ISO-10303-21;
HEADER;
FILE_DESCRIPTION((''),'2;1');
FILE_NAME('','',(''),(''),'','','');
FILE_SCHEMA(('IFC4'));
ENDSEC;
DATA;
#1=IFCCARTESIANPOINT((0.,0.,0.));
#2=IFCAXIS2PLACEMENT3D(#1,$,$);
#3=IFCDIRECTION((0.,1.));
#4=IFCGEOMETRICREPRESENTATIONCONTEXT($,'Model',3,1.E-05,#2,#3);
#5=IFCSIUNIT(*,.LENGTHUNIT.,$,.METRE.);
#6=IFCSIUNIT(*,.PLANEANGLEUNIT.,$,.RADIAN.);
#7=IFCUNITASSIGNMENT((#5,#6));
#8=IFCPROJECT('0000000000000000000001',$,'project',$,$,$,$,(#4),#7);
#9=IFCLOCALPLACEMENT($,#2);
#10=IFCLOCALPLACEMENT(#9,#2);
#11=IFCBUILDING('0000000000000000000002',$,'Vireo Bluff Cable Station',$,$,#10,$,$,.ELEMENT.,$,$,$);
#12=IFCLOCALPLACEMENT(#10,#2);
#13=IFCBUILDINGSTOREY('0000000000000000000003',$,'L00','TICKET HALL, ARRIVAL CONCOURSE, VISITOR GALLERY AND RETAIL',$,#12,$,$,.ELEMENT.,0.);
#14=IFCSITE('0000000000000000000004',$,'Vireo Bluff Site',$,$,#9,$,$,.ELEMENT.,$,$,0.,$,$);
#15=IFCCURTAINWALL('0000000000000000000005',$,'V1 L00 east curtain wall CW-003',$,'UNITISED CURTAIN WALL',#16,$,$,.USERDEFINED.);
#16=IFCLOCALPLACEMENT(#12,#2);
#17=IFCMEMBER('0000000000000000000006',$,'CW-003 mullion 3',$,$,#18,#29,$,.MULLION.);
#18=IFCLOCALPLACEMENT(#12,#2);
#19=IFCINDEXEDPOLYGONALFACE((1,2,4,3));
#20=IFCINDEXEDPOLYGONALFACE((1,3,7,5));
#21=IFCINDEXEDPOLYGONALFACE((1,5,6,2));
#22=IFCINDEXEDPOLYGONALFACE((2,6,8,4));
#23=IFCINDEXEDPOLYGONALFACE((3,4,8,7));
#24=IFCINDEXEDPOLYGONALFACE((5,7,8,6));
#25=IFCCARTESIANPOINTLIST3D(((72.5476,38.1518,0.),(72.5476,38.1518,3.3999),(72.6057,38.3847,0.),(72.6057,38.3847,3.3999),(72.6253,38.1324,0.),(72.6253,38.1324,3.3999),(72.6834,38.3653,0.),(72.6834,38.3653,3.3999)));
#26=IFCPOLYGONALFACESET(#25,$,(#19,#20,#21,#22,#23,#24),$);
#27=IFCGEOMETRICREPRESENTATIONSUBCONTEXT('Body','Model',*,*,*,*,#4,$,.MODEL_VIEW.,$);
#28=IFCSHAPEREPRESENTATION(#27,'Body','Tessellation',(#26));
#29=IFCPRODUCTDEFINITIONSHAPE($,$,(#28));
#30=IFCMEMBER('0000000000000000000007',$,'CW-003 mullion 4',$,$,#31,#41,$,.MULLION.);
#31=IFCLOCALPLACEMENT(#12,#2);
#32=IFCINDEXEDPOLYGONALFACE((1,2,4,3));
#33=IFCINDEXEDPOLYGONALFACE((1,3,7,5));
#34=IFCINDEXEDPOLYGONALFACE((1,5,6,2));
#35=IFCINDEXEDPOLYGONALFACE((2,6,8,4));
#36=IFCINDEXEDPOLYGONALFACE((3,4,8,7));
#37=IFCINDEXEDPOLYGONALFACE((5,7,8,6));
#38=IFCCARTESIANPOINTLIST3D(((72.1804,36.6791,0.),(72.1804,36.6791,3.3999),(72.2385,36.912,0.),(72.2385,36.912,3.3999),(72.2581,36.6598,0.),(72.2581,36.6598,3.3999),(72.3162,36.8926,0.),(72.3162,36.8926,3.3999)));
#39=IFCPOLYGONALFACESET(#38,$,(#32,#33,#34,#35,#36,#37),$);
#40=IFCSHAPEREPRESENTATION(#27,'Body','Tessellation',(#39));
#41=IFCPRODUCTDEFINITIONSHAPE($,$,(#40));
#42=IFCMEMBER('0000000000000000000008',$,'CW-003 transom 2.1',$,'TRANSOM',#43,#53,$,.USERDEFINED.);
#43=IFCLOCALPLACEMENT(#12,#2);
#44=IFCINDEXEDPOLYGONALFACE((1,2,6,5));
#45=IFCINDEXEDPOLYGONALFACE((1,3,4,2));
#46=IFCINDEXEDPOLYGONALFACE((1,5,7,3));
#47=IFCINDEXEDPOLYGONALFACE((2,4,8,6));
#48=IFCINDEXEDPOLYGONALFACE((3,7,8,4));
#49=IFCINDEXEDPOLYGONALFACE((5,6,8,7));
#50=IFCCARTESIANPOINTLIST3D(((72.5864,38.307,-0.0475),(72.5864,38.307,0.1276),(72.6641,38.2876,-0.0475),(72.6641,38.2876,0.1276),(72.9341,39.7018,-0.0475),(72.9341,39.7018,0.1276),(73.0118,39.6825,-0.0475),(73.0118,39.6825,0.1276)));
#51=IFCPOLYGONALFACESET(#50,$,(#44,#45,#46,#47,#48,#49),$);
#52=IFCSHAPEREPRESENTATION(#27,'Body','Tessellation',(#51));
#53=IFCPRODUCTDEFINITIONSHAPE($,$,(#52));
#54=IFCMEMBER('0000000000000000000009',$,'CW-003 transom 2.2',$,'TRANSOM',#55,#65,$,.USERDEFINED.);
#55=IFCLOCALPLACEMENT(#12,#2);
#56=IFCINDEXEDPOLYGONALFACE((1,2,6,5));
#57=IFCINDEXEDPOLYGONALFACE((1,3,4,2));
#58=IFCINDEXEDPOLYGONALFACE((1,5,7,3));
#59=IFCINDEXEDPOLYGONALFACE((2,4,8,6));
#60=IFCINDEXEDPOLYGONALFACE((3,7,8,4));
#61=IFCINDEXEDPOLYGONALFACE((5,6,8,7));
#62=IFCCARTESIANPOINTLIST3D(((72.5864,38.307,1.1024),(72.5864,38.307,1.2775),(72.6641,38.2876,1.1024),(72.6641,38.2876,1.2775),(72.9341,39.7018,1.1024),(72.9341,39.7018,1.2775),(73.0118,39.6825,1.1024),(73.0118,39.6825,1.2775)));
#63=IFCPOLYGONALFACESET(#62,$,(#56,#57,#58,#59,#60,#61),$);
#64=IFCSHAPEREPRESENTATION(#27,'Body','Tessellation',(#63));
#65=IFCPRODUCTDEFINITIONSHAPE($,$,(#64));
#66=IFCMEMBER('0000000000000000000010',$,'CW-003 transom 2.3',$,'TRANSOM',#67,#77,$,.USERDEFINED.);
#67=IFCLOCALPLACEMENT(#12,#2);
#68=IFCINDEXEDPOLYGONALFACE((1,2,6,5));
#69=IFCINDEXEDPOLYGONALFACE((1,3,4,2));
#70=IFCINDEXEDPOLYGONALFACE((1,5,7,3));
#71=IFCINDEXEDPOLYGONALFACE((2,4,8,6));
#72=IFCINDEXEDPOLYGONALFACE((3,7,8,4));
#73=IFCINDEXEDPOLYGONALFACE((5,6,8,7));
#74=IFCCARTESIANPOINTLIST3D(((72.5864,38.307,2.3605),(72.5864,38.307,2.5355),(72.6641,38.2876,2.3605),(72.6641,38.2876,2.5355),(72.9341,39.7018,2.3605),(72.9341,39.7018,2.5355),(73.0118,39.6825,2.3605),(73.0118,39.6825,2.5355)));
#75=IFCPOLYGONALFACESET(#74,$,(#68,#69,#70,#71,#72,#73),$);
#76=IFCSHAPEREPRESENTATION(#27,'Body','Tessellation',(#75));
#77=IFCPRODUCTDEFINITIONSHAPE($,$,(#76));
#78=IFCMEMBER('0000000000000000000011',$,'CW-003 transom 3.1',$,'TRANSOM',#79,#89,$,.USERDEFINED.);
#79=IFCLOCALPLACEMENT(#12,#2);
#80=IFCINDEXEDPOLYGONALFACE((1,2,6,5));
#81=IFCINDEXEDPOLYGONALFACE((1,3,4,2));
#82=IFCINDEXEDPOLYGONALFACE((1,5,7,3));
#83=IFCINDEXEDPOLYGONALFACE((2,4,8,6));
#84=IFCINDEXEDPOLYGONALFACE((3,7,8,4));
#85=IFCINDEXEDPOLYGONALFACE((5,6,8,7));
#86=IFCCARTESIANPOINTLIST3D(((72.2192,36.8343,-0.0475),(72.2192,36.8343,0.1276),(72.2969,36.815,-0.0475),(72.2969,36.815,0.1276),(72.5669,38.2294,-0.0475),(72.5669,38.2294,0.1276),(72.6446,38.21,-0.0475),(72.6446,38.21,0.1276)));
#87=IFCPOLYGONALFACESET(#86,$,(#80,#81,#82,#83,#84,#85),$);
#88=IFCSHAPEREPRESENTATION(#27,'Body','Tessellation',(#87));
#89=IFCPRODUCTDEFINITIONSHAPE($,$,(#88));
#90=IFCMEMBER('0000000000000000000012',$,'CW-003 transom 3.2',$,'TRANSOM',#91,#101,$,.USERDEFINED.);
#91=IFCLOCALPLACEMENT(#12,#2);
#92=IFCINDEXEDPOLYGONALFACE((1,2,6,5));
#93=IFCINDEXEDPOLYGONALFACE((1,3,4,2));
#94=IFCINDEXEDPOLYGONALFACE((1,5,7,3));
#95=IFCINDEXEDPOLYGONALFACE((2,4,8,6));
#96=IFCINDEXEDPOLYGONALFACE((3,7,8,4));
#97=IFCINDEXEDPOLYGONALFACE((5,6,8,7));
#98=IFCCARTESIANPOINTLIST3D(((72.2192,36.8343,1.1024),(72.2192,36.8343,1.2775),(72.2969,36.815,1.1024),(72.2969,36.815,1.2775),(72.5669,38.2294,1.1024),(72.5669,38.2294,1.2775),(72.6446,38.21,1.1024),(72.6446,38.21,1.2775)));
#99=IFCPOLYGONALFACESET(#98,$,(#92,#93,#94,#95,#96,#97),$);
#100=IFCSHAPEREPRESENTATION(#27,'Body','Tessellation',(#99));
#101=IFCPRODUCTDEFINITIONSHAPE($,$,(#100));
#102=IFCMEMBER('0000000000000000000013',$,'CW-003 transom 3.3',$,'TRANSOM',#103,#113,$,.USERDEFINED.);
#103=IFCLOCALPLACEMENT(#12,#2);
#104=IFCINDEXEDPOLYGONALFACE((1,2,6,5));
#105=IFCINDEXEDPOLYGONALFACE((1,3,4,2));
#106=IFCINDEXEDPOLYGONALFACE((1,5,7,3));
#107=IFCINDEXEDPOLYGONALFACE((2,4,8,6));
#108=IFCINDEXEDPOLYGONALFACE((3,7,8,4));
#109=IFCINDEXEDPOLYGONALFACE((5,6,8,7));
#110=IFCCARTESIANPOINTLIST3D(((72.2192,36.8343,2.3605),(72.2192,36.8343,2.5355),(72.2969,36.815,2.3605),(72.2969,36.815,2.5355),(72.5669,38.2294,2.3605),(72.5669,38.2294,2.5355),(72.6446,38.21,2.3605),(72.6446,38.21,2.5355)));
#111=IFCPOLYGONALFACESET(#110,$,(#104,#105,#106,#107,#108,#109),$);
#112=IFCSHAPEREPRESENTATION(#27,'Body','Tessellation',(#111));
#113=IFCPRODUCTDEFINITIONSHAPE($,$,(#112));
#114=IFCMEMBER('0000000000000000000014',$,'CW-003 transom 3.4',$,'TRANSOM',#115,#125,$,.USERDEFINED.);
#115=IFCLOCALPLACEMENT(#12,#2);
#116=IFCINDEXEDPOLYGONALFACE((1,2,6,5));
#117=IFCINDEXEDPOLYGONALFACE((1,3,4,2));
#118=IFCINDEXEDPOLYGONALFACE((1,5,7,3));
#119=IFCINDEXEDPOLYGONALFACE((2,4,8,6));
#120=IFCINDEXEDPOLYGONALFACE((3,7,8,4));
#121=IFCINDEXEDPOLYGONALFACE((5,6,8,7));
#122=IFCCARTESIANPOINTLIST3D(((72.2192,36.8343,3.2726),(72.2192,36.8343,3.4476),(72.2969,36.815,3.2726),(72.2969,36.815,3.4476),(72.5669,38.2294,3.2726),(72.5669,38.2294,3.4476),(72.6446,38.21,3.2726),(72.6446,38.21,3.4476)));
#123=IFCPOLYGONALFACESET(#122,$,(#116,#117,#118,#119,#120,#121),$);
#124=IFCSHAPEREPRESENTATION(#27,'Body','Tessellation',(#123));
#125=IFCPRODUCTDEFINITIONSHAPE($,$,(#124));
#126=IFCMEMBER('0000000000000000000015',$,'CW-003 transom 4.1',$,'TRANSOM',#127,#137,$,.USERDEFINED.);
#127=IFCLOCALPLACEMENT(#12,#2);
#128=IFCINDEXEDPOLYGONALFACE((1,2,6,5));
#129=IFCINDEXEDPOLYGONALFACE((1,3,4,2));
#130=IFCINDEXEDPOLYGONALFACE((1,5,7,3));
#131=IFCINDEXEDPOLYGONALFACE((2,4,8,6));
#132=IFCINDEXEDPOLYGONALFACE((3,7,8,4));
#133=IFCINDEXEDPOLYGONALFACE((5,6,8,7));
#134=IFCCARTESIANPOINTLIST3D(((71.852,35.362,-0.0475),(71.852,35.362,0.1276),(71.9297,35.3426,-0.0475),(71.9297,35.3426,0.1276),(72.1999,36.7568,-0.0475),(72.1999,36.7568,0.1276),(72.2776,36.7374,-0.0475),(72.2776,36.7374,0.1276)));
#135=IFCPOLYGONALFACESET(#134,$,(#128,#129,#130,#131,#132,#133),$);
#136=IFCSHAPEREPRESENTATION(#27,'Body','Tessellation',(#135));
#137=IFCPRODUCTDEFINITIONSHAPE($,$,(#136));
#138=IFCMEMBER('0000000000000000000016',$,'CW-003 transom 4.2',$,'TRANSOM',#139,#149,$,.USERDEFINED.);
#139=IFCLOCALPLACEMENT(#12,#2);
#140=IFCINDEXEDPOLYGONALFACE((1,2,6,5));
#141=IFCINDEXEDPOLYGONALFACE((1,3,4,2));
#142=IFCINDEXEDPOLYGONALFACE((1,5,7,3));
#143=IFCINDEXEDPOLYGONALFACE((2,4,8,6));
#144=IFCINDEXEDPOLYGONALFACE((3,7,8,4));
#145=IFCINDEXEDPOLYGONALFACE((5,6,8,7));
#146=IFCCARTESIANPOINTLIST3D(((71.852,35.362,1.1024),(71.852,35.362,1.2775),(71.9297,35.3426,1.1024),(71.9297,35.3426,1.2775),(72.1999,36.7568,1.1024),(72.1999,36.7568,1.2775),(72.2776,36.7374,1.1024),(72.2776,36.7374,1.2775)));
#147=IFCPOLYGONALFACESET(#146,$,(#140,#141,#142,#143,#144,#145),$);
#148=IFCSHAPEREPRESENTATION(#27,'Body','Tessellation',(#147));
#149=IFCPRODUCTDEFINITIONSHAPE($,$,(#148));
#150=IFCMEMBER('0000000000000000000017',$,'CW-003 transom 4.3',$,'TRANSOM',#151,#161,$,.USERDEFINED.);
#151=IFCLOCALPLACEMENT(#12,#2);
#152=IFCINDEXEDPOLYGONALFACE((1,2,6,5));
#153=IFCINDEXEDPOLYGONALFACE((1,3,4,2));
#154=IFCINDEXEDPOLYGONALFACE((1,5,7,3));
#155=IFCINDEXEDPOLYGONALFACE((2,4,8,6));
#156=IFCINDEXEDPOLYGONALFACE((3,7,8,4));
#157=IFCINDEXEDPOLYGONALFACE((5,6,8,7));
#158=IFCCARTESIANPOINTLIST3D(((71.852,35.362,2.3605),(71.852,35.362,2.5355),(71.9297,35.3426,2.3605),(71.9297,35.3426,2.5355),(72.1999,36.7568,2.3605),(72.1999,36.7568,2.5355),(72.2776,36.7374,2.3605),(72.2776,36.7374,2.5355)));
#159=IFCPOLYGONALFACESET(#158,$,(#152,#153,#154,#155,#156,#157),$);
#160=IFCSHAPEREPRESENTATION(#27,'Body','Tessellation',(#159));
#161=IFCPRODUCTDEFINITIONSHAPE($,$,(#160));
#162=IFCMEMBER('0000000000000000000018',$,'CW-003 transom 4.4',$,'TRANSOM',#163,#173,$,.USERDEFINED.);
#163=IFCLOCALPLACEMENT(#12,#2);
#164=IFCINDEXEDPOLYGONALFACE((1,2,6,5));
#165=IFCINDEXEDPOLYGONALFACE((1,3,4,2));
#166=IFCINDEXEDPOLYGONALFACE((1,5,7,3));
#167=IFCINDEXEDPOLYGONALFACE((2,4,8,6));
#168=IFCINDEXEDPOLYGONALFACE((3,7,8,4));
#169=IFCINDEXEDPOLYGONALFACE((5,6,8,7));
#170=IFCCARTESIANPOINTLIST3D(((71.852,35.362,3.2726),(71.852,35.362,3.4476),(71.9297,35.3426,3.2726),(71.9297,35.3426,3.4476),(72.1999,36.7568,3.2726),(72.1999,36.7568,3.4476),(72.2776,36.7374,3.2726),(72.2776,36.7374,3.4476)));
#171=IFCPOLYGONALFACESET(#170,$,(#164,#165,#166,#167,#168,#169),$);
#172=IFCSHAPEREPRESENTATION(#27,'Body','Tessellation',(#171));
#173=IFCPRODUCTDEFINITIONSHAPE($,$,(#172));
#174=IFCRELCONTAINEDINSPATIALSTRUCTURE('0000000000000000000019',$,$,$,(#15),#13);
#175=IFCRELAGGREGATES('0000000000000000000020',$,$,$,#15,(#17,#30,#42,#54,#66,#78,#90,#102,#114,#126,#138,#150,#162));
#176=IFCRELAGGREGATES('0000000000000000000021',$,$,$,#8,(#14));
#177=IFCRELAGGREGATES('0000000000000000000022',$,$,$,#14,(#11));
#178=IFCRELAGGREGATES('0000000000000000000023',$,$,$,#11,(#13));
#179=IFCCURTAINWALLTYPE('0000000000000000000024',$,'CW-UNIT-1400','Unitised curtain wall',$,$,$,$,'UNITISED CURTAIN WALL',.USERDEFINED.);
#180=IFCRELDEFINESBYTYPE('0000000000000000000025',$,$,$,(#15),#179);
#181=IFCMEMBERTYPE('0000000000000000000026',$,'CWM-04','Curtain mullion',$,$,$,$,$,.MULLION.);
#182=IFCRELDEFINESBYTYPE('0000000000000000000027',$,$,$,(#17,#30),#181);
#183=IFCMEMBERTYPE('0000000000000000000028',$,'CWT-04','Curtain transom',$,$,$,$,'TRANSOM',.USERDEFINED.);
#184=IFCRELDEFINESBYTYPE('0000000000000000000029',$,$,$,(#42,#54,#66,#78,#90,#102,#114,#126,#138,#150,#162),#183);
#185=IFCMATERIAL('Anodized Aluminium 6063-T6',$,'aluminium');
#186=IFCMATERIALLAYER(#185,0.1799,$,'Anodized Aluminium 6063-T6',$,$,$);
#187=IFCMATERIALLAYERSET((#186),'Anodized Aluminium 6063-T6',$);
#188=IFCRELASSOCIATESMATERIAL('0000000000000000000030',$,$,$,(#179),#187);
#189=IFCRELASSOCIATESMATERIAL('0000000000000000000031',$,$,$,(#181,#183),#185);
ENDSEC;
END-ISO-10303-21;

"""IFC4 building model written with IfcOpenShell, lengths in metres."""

from ifc_helpers import new_model, si_unit, direction, frame, origin, origin_2d, place, context, subcontext, project, spatial, rectangle, extrude, material, layer, layer_set, material_profile, profile_set, type_object, element, aggregate, save


model = new_model("IFC4")

# Units and contexts
model_context = context("Model", 3, precision=1e-05, world=origin(), true_north=direction((0.0, 1.0)))
body_context = subcontext(model_context, "Body", "Model", "MODEL_VIEW")
ifc_project = project(units=[si_unit("LENGTHUNIT", "METRE"), si_unit("PLANEANGLEUNIT", "RADIAN")], contexts=[model_context])

# Site, building, storey
site_placement = place(None, origin())
site = spatial("IfcSite", under=ifc_project, at=site_placement, Name="Vireo Bluff Site", CompositionType="ELEMENT", RefElevation=0.0)
building_placement = place(site_placement, origin())
building = spatial("IfcBuilding", under=site, at=building_placement, Name="Vireo Bluff Cable Station", CompositionType="ELEMENT")
storey_placement = place(building_placement, origin())
storey = spatial("IfcBuildingStorey", under=building, at=storey_placement, Name="L00", Description="TICKET HALL, ARRIVAL CONCOURSE, VISITOR GALLERY AND RETAIL", CompositionType="ELEMENT", Elevation=0.0)

# Curtain wall, members
ifc_material_1 = material(Name="Anodized Aluminium 6063-T6", Category="aluminium")
ifc_layer_1 = layer(ifc_material_1, 0.1799, Name="Anodized Aluminium 6063-T6")
ifc_layer_set_1 = layer_set([ifc_layer_1], Name="Anodized Aluminium 6063-T6")
curtain_wall_type = type_object("IfcCurtainWallType", Name="CW-UNIT-1400", Description="Unitised curtain wall", ElementType="UNITISED CURTAIN WALL", PredefinedType="USERDEFINED", material=ifc_layer_set_1)
curtain_wall_placement = place(storey_placement, origin())
curtain_wall = element("IfcCurtainWall", 1, at=curtain_wall_placement, inside=storey, type_object=curtain_wall_type, Name="V1 L00 east curtain wall CW-003", ObjectType="UNITISED CURTAIN WALL", PredefinedType="USERDEFINED")
ifc_material_profile_1 = material_profile(ifc_material_1, rectangle(XDim=0.0801, YDim=0.24, at=origin_2d()), Name="ALU-M-80X240")
ifc_profile_set_1 = profile_set([ifc_material_profile_1], Name="Anodized Aluminium 6063-T6")
member_type_1 = type_object("IfcMemberType", Name="CWM-04", Description="Curtain mullion", PredefinedType="MULLION", material=ifc_profile_set_1)
member_1_placement = place(storey_placement, frame((72.6155, 38.2585, 0.0), z_axis=(0.0, 0.0, 1.0), x_axis=(0.970296, -0.241922, 0.0)))
member_1 = element("IfcMember", 2, at=member_1_placement, type_object=member_type_1, Name="CW-003 mullion 3", PredefinedType="MULLION", context=body_context, shape_type="SweptSolid", body=[
    extrude(rectangle(XDim=0.0801, YDim=0.24, at=origin_2d()), origin(), (0.0, 0.0, 1.0), 3.3999),
])
member_2_placement = place(storey_placement, frame((72.2483, 36.7859, 0.0), z_axis=(0.0, 0.0, 1.0), x_axis=(0.970296, -0.241922, 0.0)))
member_2 = element("IfcMember", 3, at=member_2_placement, type_object=member_type_1, Name="CW-003 mullion 4", PredefinedType="MULLION", context=body_context, shape_type="SweptSolid", body=[
    extrude(rectangle(XDim=0.0801, YDim=0.24, at=origin_2d()), origin(), (0.0, 0.0, 1.0), 3.3999),
])
ifc_material_profile_2 = material_profile(ifc_material_1, rectangle(XDim=0.0801, YDim=0.175, at=origin_2d()), Name="ALU-T-80X175")
ifc_profile_set_2 = profile_set([ifc_material_profile_2], Name="Anodized Aluminium 6063-T6")
member_type_2 = type_object("IfcMemberType", Name="CWT-04", Description="Curtain transom", ElementType="TRANSOM", PredefinedType="USERDEFINED", material=ifc_profile_set_2)
member_3_placement = place(storey_placement, frame((72.9729, 39.6921, 0.04), z_axis=(-0.241856, -0.970312, 0.0), x_axis=(0.970312, -0.241856, 0.0)))
member_3 = element("IfcMember", 4, at=member_3_placement, type_object=member_type_2, Name="CW-003 transom 2.1", ObjectType="TRANSOM", PredefinedType="USERDEFINED", context=body_context, shape_type="SweptSolid", body=[
    extrude(rectangle(XDim=0.0801, YDim=0.175, at=origin_2d()), origin(), (0.0, 0.0, 1.0), 1.4375),
])
member_4_placement = place(storey_placement, frame((72.9729, 39.6921, 1.1899), z_axis=(-0.241856, -0.970312, 0.0), x_axis=(0.970312, -0.241856, 0.0)))
member_4 = element("IfcMember", 5, at=member_4_placement, type_object=member_type_2, Name="CW-003 transom 2.2", ObjectType="TRANSOM", PredefinedType="USERDEFINED", context=body_context, shape_type="SweptSolid", body=[
    extrude(rectangle(XDim=0.0801, YDim=0.175, at=origin_2d()), origin(), (0.0, 0.0, 1.0), 1.4375),
])
member_5_placement = place(storey_placement, frame((72.9729, 39.6921, 2.448), z_axis=(-0.241856, -0.970312, 0.0), x_axis=(0.970312, -0.241856, 0.0)))
member_5 = element("IfcMember", 6, at=member_5_placement, type_object=member_type_2, Name="CW-003 transom 2.3", ObjectType="TRANSOM", PredefinedType="USERDEFINED", context=body_context, shape_type="SweptSolid", body=[
    extrude(rectangle(XDim=0.0801, YDim=0.175, at=origin_2d()), origin(), (0.0, 0.0, 1.0), 1.4375),
])
member_6_placement = place(storey_placement, frame((72.6057, 38.2197, 0.04), z_axis=(-0.241816, -0.970322, 0.0), x_axis=(0.970322, -0.241816, 0.0)))
member_6 = element("IfcMember", 7, at=member_6_placement, type_object=member_type_2, Name="CW-003 transom 3.1", ObjectType="TRANSOM", PredefinedType="USERDEFINED", context=body_context, shape_type="SweptSolid", body=[
    extrude(rectangle(XDim=0.0801, YDim=0.175, at=origin_2d()), origin(), (0.0, 0.0, 1.0), 1.4377),
])
member_7_placement = place(storey_placement, frame((72.6057, 38.2197, 1.1899), z_axis=(-0.241816, -0.970322, 0.0), x_axis=(0.970322, -0.241816, 0.0)))
member_7 = element("IfcMember", 8, at=member_7_placement, type_object=member_type_2, Name="CW-003 transom 3.2", ObjectType="TRANSOM", PredefinedType="USERDEFINED", context=body_context, shape_type="SweptSolid", body=[
    extrude(rectangle(XDim=0.0801, YDim=0.175, at=origin_2d()), origin(), (0.0, 0.0, 1.0), 1.4377),
])
member_8_placement = place(storey_placement, frame((72.6057, 38.2197, 2.448), z_axis=(-0.241816, -0.970322, 0.0), x_axis=(0.970322, -0.241816, 0.0)))
member_8 = element("IfcMember", 9, at=member_8_placement, type_object=member_type_2, Name="CW-003 transom 3.3", ObjectType="TRANSOM", PredefinedType="USERDEFINED", context=body_context, shape_type="SweptSolid", body=[
    extrude(rectangle(XDim=0.0801, YDim=0.175, at=origin_2d()), origin(), (0.0, 0.0, 1.0), 1.4377),
])
member_9_placement = place(storey_placement, frame((72.6057, 38.2197, 3.3601), z_axis=(-0.241816, -0.970322, 0.0), x_axis=(0.970322, -0.241816, 0.0)))
member_9 = element("IfcMember", 10, at=member_9_placement, type_object=member_type_2, Name="CW-003 transom 3.4", ObjectType="TRANSOM", PredefinedType="USERDEFINED", context=body_context, shape_type="SweptSolid", body=[
    extrude(rectangle(XDim=0.0801, YDim=0.175, at=origin_2d()), origin(), (0.0, 0.0, 1.0), 1.4377),
])
member_10_placement = place(storey_placement, frame((72.2388, 36.7471, 0.04), z_axis=(-0.242016, -0.970272, 0.0), x_axis=(0.970272, -0.242016, 0.0)))
member_10 = element("IfcMember", 11, at=member_10_placement, type_object=member_type_2, Name="CW-003 transom 4.1", ObjectType="TRANSOM", PredefinedType="USERDEFINED", context=body_context, shape_type="SweptSolid", body=[
    extrude(rectangle(XDim=0.0801, YDim=0.175, at=origin_2d()), origin(), (0.0, 0.0, 1.0), 1.4375),
])
member_11_placement = place(storey_placement, frame((72.2388, 36.7471, 1.1899), z_axis=(-0.242016, -0.970272, 0.0), x_axis=(0.970272, -0.242016, 0.0)))
member_11 = element("IfcMember", 12, at=member_11_placement, type_object=member_type_2, Name="CW-003 transom 4.2", ObjectType="TRANSOM", PredefinedType="USERDEFINED", context=body_context, shape_type="SweptSolid", body=[
    extrude(rectangle(XDim=0.0801, YDim=0.175, at=origin_2d()), origin(), (0.0, 0.0, 1.0), 1.4375),
])
member_12_placement = place(storey_placement, frame((72.2388, 36.7471, 2.448), z_axis=(-0.242016, -0.970272, 0.0), x_axis=(0.970272, -0.242016, 0.0)))
member_12 = element("IfcMember", 13, at=member_12_placement, type_object=member_type_2, Name="CW-003 transom 4.3", ObjectType="TRANSOM", PredefinedType="USERDEFINED", context=body_context, shape_type="SweptSolid", body=[
    extrude(rectangle(XDim=0.0801, YDim=0.175, at=origin_2d()), origin(), (0.0, 0.0, 1.0), 1.4375),
])
member_13_placement = place(storey_placement, frame((72.2388, 36.7471, 3.3601), z_axis=(-0.242016, -0.970272, 0.0), x_axis=(0.970272, -0.242016, 0.0)))
member_13 = element("IfcMember", 14, at=member_13_placement, type_object=member_type_2, Name="CW-003 transom 4.4", ObjectType="TRANSOM", PredefinedType="USERDEFINED", context=body_context, shape_type="SweptSolid", body=[
    extrude(rectangle(XDim=0.0801, YDim=0.175, at=origin_2d()), origin(), (0.0, 0.0, 1.0), 1.4375),
])

aggregate(curtain_wall, [member_1, member_2, member_3, member_4, member_5, member_6, member_7, member_8, member_9, member_10, member_11, member_12, member_13])

save(model, "model.ifc")
